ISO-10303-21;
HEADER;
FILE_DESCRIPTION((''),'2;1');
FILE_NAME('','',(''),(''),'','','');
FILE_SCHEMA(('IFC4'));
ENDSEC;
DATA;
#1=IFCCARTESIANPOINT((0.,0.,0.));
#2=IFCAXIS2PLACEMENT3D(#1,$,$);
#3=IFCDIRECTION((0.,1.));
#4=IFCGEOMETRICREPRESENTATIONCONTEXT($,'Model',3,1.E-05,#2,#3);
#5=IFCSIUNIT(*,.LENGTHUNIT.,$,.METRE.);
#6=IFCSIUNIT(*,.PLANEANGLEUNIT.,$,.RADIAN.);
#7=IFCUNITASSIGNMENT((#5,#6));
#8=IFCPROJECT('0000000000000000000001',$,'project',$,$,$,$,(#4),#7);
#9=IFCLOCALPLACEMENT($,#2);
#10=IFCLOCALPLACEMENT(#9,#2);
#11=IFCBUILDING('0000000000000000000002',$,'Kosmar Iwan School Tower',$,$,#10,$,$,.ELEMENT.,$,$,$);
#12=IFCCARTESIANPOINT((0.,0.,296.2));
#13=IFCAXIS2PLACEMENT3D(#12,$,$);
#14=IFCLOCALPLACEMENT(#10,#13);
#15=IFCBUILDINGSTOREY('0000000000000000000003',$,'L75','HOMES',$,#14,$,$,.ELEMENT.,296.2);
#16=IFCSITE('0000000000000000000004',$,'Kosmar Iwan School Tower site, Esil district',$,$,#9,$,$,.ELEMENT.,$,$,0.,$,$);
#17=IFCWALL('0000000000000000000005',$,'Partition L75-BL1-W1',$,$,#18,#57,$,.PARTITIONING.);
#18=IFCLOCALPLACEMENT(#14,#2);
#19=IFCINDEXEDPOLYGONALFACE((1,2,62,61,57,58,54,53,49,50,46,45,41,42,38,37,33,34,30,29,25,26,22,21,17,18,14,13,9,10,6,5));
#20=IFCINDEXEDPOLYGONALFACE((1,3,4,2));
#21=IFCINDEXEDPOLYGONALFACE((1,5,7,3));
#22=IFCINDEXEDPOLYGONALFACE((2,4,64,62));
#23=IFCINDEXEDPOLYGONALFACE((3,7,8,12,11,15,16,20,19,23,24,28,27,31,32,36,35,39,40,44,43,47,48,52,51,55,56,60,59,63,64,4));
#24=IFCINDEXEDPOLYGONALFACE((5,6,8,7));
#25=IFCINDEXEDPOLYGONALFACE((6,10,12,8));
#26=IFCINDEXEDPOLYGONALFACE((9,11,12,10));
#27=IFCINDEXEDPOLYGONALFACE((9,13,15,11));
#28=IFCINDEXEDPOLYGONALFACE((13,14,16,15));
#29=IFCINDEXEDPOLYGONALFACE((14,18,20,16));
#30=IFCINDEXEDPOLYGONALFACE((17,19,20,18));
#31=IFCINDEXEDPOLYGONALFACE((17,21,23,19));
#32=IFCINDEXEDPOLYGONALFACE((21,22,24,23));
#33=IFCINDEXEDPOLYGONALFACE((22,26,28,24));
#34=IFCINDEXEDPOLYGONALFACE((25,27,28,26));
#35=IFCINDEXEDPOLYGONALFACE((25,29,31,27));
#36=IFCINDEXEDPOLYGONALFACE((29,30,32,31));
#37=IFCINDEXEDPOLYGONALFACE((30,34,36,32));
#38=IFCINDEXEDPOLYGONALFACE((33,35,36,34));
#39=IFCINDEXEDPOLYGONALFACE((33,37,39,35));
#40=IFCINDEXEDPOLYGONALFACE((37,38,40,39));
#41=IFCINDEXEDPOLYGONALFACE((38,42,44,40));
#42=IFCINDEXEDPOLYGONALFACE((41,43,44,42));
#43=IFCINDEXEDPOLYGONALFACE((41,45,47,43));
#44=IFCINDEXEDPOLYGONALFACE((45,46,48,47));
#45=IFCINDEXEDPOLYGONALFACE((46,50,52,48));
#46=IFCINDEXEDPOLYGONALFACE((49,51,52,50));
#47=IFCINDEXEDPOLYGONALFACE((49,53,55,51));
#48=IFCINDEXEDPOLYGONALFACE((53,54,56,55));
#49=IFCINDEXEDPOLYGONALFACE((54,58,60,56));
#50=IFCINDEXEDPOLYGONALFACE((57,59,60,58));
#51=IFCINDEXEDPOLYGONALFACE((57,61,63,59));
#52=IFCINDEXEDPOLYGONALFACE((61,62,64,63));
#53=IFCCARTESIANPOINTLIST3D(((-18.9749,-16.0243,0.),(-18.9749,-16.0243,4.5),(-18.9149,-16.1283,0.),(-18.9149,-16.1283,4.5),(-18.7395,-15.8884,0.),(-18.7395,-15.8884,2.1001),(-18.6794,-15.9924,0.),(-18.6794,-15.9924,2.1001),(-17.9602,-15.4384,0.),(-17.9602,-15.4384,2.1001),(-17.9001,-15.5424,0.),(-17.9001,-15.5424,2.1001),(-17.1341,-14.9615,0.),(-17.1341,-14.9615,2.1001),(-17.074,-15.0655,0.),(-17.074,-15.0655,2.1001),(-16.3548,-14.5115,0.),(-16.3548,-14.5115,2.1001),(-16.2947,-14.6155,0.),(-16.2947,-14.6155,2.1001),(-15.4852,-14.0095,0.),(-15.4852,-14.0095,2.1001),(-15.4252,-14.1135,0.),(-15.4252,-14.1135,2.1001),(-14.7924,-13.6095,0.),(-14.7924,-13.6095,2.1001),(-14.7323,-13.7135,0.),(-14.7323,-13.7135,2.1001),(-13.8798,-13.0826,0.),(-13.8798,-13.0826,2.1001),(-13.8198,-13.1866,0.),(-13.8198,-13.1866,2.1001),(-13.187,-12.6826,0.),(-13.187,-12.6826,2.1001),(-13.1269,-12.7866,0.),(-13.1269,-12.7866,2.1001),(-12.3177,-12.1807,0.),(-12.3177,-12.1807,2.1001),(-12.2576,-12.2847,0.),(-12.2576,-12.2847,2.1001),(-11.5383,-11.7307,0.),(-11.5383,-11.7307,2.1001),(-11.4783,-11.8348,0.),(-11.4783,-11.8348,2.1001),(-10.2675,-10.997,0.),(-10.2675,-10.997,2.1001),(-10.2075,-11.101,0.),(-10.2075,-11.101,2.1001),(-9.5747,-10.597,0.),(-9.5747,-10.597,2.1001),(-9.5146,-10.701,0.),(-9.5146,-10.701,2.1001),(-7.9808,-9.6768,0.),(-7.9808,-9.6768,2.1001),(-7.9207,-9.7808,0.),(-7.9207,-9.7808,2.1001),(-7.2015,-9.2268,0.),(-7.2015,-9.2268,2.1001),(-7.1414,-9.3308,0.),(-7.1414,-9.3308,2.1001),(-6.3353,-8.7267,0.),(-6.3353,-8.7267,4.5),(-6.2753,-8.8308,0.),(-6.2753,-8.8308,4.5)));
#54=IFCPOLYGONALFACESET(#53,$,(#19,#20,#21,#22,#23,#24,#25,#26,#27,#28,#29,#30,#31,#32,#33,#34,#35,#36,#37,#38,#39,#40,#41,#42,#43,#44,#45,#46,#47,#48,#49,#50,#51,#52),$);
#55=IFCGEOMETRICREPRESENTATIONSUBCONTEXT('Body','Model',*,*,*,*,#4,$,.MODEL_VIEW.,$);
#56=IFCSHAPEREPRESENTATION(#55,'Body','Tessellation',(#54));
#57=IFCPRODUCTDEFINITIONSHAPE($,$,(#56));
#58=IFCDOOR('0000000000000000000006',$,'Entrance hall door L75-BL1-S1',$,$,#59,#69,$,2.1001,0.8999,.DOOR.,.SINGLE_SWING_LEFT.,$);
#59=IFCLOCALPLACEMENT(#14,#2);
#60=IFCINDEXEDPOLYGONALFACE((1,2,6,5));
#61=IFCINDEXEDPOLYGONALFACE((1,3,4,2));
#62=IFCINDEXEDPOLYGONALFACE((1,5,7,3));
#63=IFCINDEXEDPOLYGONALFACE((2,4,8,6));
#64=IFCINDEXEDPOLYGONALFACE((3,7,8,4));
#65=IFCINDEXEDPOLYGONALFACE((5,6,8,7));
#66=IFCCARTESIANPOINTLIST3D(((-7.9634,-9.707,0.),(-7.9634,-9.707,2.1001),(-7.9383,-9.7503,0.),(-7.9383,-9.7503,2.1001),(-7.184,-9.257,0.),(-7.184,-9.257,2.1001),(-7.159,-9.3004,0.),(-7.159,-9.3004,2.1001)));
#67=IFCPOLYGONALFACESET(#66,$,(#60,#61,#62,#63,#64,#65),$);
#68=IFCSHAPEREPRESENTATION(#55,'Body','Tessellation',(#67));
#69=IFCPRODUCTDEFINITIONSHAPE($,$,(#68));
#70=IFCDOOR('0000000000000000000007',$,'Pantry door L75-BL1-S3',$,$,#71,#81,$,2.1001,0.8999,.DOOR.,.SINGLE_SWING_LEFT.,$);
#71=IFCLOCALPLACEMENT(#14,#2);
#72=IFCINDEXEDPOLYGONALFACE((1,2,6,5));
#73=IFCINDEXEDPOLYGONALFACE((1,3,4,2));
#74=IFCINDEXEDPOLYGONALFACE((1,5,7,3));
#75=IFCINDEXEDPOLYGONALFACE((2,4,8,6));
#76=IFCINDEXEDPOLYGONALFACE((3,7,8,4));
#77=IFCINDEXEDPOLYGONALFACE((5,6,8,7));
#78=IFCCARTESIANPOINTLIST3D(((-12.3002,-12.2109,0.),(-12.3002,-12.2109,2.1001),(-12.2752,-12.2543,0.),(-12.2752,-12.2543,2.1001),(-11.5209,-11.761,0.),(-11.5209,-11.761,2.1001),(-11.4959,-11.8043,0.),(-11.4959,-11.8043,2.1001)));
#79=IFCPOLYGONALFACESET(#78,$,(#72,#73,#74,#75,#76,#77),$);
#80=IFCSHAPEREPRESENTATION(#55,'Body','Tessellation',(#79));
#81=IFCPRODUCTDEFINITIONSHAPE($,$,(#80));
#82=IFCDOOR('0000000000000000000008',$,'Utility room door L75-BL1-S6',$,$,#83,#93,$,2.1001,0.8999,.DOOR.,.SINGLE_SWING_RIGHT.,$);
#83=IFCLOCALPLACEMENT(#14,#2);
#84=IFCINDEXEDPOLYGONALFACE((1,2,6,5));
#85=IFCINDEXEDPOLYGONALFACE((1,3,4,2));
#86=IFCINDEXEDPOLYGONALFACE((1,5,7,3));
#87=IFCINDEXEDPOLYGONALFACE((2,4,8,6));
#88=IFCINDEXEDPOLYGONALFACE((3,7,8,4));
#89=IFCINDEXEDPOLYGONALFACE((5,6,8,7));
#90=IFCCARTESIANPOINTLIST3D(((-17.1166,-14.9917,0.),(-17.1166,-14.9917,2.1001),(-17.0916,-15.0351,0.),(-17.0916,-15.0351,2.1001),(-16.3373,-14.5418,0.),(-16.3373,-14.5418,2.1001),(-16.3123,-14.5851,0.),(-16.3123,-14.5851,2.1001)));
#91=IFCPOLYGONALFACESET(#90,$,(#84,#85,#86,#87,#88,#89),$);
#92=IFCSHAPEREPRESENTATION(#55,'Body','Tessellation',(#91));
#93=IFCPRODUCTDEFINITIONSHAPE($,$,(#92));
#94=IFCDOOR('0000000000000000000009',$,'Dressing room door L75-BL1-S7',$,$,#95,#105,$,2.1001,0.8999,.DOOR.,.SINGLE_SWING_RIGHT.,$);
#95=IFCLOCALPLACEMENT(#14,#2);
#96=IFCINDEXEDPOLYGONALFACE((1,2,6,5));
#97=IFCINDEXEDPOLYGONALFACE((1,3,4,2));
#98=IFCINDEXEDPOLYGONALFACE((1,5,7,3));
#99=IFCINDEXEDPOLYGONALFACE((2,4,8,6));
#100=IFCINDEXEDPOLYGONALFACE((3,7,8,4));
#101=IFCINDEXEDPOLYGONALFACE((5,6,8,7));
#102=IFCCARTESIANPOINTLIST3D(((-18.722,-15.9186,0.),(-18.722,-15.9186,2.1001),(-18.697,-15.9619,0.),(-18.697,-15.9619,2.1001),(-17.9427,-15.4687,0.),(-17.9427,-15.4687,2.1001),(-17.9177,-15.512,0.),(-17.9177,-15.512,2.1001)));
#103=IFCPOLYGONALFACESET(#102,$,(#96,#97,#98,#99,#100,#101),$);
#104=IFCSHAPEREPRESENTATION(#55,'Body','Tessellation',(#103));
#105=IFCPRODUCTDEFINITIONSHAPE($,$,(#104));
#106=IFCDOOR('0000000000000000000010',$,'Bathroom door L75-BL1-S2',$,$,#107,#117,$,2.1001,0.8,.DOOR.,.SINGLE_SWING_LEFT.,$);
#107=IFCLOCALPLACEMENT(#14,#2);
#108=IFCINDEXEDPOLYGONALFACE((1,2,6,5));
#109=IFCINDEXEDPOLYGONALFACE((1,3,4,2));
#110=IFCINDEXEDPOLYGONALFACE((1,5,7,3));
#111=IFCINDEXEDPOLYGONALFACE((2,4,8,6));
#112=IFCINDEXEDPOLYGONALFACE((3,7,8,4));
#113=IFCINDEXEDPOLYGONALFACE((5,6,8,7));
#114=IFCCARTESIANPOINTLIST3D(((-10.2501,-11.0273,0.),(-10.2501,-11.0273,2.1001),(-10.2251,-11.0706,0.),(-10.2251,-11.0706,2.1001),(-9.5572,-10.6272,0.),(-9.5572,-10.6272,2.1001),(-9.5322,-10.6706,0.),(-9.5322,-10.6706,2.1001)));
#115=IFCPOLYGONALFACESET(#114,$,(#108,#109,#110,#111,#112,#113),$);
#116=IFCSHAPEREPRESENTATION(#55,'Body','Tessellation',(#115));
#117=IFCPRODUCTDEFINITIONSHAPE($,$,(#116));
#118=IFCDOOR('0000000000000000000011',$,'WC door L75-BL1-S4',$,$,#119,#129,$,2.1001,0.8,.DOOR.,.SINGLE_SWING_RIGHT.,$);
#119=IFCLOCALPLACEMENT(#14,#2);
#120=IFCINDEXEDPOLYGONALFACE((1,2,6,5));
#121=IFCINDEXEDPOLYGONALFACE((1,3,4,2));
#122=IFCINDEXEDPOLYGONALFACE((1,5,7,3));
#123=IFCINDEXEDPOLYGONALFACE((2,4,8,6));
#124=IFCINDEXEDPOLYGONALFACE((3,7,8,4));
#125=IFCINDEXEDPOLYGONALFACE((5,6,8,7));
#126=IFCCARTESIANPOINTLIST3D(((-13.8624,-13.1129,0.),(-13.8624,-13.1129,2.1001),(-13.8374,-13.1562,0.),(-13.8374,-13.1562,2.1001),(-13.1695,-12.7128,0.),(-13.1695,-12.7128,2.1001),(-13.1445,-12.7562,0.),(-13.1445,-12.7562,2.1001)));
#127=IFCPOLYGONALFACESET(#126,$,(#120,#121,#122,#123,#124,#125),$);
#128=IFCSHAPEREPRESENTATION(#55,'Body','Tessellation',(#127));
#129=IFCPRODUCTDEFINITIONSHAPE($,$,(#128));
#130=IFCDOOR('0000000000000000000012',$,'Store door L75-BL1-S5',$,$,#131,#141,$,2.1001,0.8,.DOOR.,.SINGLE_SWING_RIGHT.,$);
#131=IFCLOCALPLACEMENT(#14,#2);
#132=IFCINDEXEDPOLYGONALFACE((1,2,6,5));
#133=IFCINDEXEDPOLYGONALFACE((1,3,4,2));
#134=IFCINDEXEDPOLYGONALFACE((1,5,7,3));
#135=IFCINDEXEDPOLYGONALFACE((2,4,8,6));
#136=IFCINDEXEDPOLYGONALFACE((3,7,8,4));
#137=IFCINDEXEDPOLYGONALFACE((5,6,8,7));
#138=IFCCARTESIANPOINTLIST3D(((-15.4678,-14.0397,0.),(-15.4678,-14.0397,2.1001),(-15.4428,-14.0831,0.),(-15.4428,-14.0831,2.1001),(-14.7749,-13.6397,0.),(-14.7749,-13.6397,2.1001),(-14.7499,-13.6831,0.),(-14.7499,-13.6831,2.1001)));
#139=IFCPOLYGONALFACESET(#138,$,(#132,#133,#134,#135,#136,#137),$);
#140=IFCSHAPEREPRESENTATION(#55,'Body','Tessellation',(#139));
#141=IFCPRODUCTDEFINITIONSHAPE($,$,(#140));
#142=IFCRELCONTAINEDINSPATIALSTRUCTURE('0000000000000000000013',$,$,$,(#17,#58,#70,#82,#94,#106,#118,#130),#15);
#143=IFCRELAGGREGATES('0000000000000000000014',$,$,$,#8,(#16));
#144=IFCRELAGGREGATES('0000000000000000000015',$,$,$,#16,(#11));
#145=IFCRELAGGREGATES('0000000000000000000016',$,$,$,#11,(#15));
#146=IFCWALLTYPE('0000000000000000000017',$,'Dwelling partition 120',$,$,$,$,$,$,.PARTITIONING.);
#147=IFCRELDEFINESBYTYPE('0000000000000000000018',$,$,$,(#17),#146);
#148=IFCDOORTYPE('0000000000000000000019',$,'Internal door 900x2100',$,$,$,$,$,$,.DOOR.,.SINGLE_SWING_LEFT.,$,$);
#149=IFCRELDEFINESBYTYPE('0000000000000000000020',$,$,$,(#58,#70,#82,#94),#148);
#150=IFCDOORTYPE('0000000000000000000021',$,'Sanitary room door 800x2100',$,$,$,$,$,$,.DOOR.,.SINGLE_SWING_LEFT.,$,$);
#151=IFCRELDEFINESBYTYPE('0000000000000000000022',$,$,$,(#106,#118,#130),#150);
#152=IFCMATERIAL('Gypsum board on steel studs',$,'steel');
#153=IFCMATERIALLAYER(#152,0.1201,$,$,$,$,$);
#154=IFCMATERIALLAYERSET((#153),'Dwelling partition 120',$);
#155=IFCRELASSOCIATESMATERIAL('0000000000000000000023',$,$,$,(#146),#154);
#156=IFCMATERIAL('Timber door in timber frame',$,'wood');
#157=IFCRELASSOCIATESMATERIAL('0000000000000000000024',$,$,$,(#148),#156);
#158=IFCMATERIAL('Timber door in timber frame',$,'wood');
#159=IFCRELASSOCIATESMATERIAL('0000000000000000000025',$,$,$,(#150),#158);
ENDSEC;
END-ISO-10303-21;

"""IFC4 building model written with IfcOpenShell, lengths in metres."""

from ifc_helpers import new_model, si_unit, direction, frame, frame_2d, origin, place, context, subcontext, project, spatial, rectangle, extrude, material, layer, layer_set, type_object, element, fill, save


model = new_model("IFC4")

# Units and contexts
model_context = context("Model", 3, precision=1e-05, world=origin(), true_north=direction((0.0, 1.0)))
body_context = subcontext(model_context, "Body", "Model", "MODEL_VIEW")
ifc_project = project(units=[si_unit("LENGTHUNIT", "METRE"), si_unit("PLANEANGLEUNIT", "RADIAN")], contexts=[model_context])

# Site, building, storey
site_placement = place(None, origin())
site = spatial("IfcSite", under=ifc_project, at=site_placement, Name="Kosmar Iwan School Tower site, Esil district", CompositionType="ELEMENT", RefElevation=0.0)
building_placement = place(site_placement, origin())
building = spatial("IfcBuilding", under=site, at=building_placement, Name="Kosmar Iwan School Tower", CompositionType="ELEMENT")
storey_placement = place(building_placement, frame((0.0, 0.0, 296.2)))
storey = spatial("IfcBuildingStorey", under=building, at=storey_placement, Name="L75", Description="HOMES", CompositionType="ELEMENT", Elevation=296.2)

# Wall, openings, doors
ifc_material_1 = material(Name="Gypsum board on steel studs", Category="steel")
ifc_layer = layer(ifc_material_1, 0.1201)
ifc_layer_set = layer_set([ifc_layer], Name="Dwelling partition 120")
wall_type = type_object("IfcWallType", Name="Dwelling partition 120", PredefinedType="PARTITIONING", material=ifc_layer_set)
wall_1_placement = place(storey_placement, frame((-6.3054, -8.7788, 0.0), z_axis=(0.0, 0.0, 1.0), x_axis=(-0.866022, -0.500005, 0.0)))
wall_1 = element("IfcWall", 1, at=wall_1_placement, inside=storey, type_object=wall_type, Name="Partition L75-BL1-W1", PredefinedType="PARTITIONING", context=body_context, shape_type="SweptSolid", body=[
    extrude(rectangle(XDim=14.595, YDim=0.1201, at=frame_2d((7.2974, 0.0))), origin(), (0.0, 0.0, 1.0), 4.5),
])
opening_1_placement = place(wall_1_placement, frame((1.0, 0.0, 0.0)))
opening_1 = element("IfcOpeningElement", 2, at=opening_1_placement, cuts=wall_1, PredefinedType="OPENING", context=body_context, shape_type="SweptSolid", body=[
    extrude(rectangle(XDim=0.8999, YDim=2.1001, at=frame_2d((0.45, 1.05))), frame((0.0, 0.072, 0.0), z_axis=(0.0, -1.0, 0.0), x_axis=(1.0, 0.0, 0.0)), (0.0, 0.0, 1.0), 0.144),
])
opening_2_placement = place(wall_1_placement, frame((3.7405, 0.0, 0.0)))
opening_2 = element("IfcOpeningElement", 3, at=opening_2_placement, cuts=wall_1, PredefinedType="OPENING", context=body_context, shape_type="SweptSolid", body=[
    extrude(rectangle(XDim=0.8, YDim=2.1001, at=frame_2d((0.3999, 1.05))), frame((0.0, 0.072, 0.0), z_axis=(0.0, -1.0, 0.0), x_axis=(1.0, 0.0, 0.0)), (0.0, 0.0, 1.0), 0.144),
])
opening_3_placement = place(wall_1_placement, frame((6.0078, 0.0, 0.0)))
opening_3 = element("IfcOpeningElement", 4, at=opening_3_placement, cuts=wall_1, PredefinedType="OPENING", context=body_context, shape_type="SweptSolid", body=[
    extrude(rectangle(XDim=0.8999, YDim=2.1001, at=frame_2d((0.45, 1.05))), frame((0.0, 0.072, 0.0), z_axis=(0.0, -1.0, 0.0), x_axis=(1.0, 0.0, 0.0)), (0.0, 0.0, 1.0), 0.144),
])
opening_4_placement = place(wall_1_placement, frame((7.9116, 0.0, 0.0)))
opening_4 = element("IfcOpeningElement", 5, at=opening_4_placement, cuts=wall_1, PredefinedType="OPENING", context=body_context, shape_type="SweptSolid", body=[
    extrude(rectangle(XDim=0.8, YDim=2.1001, at=frame_2d((0.3999, 1.05))), frame((0.0, 0.072, 0.0), z_axis=(0.0, -1.0, 0.0), x_axis=(1.0, 0.0, 0.0)), (0.0, 0.0, 1.0), 0.144),
])
opening_5_placement = place(wall_1_placement, frame((9.7654, 0.0, 0.0)))
opening_5 = element("IfcOpeningElement", 6, at=opening_5_placement, cuts=wall_1, PredefinedType="OPENING", context=body_context, shape_type="SweptSolid", body=[
    extrude(rectangle(XDim=0.8, YDim=2.1001, at=frame_2d((0.3999, 1.05))), frame((0.0, 0.072, 0.0), z_axis=(0.0, -1.0, 0.0), x_axis=(1.0, 0.0, 0.0)), (0.0, 0.0, 1.0), 0.144),
])
opening_6_placement = place(wall_1_placement, frame((11.5693, 0.0, 0.0)))
opening_6 = element("IfcOpeningElement", 7, at=opening_6_placement, cuts=wall_1, PredefinedType="OPENING", context=body_context, shape_type="SweptSolid", body=[
    extrude(rectangle(XDim=0.8999, YDim=2.1001, at=frame_2d((0.45, 1.05))), frame((0.0, 0.072, 0.0), z_axis=(0.0, -1.0, 0.0), x_axis=(1.0, 0.0, 0.0)), (0.0, 0.0, 1.0), 0.144),
])
opening_7_placement = place(wall_1_placement, frame((13.4231, 0.0, 0.0)))
opening_7 = element("IfcOpeningElement", 8, at=opening_7_placement, cuts=wall_1, PredefinedType="OPENING", context=body_context, shape_type="SweptSolid", body=[
    extrude(rectangle(XDim=0.8999, YDim=2.1001, at=frame_2d((0.45, 1.05))), frame((0.0, 0.072, 0.0), z_axis=(0.0, -1.0, 0.0), x_axis=(1.0, 0.0, 0.0)), (0.0, 0.0, 1.0), 0.144),
])
ifc_material_2 = material(Name="Timber door in timber frame", Category="wood")
door_type_1 = type_object("IfcDoorType", Name="Internal door 900x2100", OperationType="SINGLE_SWING_LEFT", PredefinedType="DOOR", material=ifc_material_2)
door_1_placement = place(opening_1_placement, origin())
door_1 = element("IfcDoor", 9, at=door_1_placement, inside=storey, type_object=door_type_1, Name="Entrance hall door L75-BL1-S1", OperationType="SINGLE_SWING_LEFT", OverallHeight=2.1001, OverallWidth=0.8999, PredefinedType="DOOR", context=body_context, shape_type="SweptSolid", body=[
    extrude(rectangle(XDim=0.8999, YDim=2.1001, at=frame_2d((0.45, 1.05))), frame((0.0, 0.0249, 0.0), z_axis=(0.0, -1.0, 0.0), x_axis=(1.0, 0.0, 0.0)), (0.0, 0.0, 1.0), 0.05),
])
fill(opening_1, door_1)
door_2_placement = place(opening_3_placement, origin())
door_2 = element("IfcDoor", 10, at=door_2_placement, inside=storey, type_object=door_type_1, Name="Pantry door L75-BL1-S3", OperationType="SINGLE_SWING_LEFT", OverallHeight=2.1001, OverallWidth=0.8999, PredefinedType="DOOR", context=body_context, shape_type="SweptSolid", body=[
    extrude(rectangle(XDim=0.8999, YDim=2.1001, at=frame_2d((0.45, 1.05))), frame((0.0, 0.0249, 0.0), z_axis=(0.0, -1.0, 0.0), x_axis=(1.0, 0.0, 0.0)), (0.0, 0.0, 1.0), 0.05),
])
fill(opening_3, door_2)
door_3_placement = place(opening_6_placement, origin())
door_3 = element("IfcDoor", 11, at=door_3_placement, inside=storey, type_object=door_type_1, Name="Utility room door L75-BL1-S6", OperationType="SINGLE_SWING_RIGHT", OverallHeight=2.1001, OverallWidth=0.8999, PredefinedType="DOOR", context=body_context, shape_type="SweptSolid", body=[
    extrude(rectangle(XDim=0.8999, YDim=2.1001, at=frame_2d((0.45, 1.05))), frame((0.0, 0.0249, 0.0), z_axis=(0.0, -1.0, 0.0), x_axis=(1.0, 0.0, 0.0)), (0.0, 0.0, 1.0), 0.05),
])
fill(opening_6, door_3)
door_4_placement = place(opening_7_placement, origin())
door_4 = element("IfcDoor", 12, at=door_4_placement, inside=storey, type_object=door_type_1, Name="Dressing room door L75-BL1-S7", OperationType="SINGLE_SWING_RIGHT", OverallHeight=2.1001, OverallWidth=0.8999, PredefinedType="DOOR", context=body_context, shape_type="SweptSolid", body=[
    extrude(rectangle(XDim=0.8999, YDim=2.1001, at=frame_2d((0.45, 1.05))), frame((0.0, 0.0249, 0.0), z_axis=(0.0, -1.0, 0.0), x_axis=(1.0, 0.0, 0.0)), (0.0, 0.0, 1.0), 0.05),
])
fill(opening_7, door_4)
ifc_material_3 = material(Name="Timber door in timber frame", Category="wood")
door_type_2 = type_object("IfcDoorType", Name="Sanitary room door 800x2100", OperationType="SINGLE_SWING_LEFT", PredefinedType="DOOR", material=ifc_material_3)
door_5_placement = place(opening_2_placement, origin())
door_5 = element("IfcDoor", 13, at=door_5_placement, inside=storey, type_object=door_type_2, Name="Bathroom door L75-BL1-S2", OperationType="SINGLE_SWING_LEFT", OverallHeight=2.1001, OverallWidth=0.8, PredefinedType="DOOR", context=body_context, shape_type="SweptSolid", body=[
    extrude(rectangle(XDim=0.8, YDim=2.1001, at=frame_2d((0.3999, 1.05))), frame((0.0, 0.0249, 0.0), z_axis=(0.0, -1.0, 0.0), x_axis=(1.0, 0.0, 0.0)), (0.0, 0.0, 1.0), 0.05),
])
fill(opening_2, door_5)
door_6_placement = place(opening_4_placement, origin())
door_6 = element("IfcDoor", 14, at=door_6_placement, inside=storey, type_object=door_type_2, Name="WC door L75-BL1-S4", OperationType="SINGLE_SWING_RIGHT", OverallHeight=2.1001, OverallWidth=0.8, PredefinedType="DOOR", context=body_context, shape_type="SweptSolid", body=[
    extrude(rectangle(XDim=0.8, YDim=2.1001, at=frame_2d((0.3999, 1.05))), frame((0.0, 0.0249, 0.0), z_axis=(0.0, -1.0, 0.0), x_axis=(1.0, 0.0, 0.0)), (0.0, 0.0, 1.0), 0.05),
])
fill(opening_4, door_6)
door_7_placement = place(opening_5_placement, origin())
door_7 = element("IfcDoor", 15, at=door_7_placement, inside=storey, type_object=door_type_2, Name="Store door L75-BL1-S5", OperationType="SINGLE_SWING_RIGHT", OverallHeight=2.1001, OverallWidth=0.8, PredefinedType="DOOR", context=body_context, shape_type="SweptSolid", body=[
    extrude(rectangle(XDim=0.8, YDim=2.1001, at=frame_2d((0.3999, 1.05))), frame((0.0, 0.0249, 0.0), z_axis=(0.0, -1.0, 0.0), x_axis=(1.0, 0.0, 0.0)), (0.0, 0.0, 1.0), 0.05),
])
fill(opening_5, door_7)

save(model, "model.ifc")
